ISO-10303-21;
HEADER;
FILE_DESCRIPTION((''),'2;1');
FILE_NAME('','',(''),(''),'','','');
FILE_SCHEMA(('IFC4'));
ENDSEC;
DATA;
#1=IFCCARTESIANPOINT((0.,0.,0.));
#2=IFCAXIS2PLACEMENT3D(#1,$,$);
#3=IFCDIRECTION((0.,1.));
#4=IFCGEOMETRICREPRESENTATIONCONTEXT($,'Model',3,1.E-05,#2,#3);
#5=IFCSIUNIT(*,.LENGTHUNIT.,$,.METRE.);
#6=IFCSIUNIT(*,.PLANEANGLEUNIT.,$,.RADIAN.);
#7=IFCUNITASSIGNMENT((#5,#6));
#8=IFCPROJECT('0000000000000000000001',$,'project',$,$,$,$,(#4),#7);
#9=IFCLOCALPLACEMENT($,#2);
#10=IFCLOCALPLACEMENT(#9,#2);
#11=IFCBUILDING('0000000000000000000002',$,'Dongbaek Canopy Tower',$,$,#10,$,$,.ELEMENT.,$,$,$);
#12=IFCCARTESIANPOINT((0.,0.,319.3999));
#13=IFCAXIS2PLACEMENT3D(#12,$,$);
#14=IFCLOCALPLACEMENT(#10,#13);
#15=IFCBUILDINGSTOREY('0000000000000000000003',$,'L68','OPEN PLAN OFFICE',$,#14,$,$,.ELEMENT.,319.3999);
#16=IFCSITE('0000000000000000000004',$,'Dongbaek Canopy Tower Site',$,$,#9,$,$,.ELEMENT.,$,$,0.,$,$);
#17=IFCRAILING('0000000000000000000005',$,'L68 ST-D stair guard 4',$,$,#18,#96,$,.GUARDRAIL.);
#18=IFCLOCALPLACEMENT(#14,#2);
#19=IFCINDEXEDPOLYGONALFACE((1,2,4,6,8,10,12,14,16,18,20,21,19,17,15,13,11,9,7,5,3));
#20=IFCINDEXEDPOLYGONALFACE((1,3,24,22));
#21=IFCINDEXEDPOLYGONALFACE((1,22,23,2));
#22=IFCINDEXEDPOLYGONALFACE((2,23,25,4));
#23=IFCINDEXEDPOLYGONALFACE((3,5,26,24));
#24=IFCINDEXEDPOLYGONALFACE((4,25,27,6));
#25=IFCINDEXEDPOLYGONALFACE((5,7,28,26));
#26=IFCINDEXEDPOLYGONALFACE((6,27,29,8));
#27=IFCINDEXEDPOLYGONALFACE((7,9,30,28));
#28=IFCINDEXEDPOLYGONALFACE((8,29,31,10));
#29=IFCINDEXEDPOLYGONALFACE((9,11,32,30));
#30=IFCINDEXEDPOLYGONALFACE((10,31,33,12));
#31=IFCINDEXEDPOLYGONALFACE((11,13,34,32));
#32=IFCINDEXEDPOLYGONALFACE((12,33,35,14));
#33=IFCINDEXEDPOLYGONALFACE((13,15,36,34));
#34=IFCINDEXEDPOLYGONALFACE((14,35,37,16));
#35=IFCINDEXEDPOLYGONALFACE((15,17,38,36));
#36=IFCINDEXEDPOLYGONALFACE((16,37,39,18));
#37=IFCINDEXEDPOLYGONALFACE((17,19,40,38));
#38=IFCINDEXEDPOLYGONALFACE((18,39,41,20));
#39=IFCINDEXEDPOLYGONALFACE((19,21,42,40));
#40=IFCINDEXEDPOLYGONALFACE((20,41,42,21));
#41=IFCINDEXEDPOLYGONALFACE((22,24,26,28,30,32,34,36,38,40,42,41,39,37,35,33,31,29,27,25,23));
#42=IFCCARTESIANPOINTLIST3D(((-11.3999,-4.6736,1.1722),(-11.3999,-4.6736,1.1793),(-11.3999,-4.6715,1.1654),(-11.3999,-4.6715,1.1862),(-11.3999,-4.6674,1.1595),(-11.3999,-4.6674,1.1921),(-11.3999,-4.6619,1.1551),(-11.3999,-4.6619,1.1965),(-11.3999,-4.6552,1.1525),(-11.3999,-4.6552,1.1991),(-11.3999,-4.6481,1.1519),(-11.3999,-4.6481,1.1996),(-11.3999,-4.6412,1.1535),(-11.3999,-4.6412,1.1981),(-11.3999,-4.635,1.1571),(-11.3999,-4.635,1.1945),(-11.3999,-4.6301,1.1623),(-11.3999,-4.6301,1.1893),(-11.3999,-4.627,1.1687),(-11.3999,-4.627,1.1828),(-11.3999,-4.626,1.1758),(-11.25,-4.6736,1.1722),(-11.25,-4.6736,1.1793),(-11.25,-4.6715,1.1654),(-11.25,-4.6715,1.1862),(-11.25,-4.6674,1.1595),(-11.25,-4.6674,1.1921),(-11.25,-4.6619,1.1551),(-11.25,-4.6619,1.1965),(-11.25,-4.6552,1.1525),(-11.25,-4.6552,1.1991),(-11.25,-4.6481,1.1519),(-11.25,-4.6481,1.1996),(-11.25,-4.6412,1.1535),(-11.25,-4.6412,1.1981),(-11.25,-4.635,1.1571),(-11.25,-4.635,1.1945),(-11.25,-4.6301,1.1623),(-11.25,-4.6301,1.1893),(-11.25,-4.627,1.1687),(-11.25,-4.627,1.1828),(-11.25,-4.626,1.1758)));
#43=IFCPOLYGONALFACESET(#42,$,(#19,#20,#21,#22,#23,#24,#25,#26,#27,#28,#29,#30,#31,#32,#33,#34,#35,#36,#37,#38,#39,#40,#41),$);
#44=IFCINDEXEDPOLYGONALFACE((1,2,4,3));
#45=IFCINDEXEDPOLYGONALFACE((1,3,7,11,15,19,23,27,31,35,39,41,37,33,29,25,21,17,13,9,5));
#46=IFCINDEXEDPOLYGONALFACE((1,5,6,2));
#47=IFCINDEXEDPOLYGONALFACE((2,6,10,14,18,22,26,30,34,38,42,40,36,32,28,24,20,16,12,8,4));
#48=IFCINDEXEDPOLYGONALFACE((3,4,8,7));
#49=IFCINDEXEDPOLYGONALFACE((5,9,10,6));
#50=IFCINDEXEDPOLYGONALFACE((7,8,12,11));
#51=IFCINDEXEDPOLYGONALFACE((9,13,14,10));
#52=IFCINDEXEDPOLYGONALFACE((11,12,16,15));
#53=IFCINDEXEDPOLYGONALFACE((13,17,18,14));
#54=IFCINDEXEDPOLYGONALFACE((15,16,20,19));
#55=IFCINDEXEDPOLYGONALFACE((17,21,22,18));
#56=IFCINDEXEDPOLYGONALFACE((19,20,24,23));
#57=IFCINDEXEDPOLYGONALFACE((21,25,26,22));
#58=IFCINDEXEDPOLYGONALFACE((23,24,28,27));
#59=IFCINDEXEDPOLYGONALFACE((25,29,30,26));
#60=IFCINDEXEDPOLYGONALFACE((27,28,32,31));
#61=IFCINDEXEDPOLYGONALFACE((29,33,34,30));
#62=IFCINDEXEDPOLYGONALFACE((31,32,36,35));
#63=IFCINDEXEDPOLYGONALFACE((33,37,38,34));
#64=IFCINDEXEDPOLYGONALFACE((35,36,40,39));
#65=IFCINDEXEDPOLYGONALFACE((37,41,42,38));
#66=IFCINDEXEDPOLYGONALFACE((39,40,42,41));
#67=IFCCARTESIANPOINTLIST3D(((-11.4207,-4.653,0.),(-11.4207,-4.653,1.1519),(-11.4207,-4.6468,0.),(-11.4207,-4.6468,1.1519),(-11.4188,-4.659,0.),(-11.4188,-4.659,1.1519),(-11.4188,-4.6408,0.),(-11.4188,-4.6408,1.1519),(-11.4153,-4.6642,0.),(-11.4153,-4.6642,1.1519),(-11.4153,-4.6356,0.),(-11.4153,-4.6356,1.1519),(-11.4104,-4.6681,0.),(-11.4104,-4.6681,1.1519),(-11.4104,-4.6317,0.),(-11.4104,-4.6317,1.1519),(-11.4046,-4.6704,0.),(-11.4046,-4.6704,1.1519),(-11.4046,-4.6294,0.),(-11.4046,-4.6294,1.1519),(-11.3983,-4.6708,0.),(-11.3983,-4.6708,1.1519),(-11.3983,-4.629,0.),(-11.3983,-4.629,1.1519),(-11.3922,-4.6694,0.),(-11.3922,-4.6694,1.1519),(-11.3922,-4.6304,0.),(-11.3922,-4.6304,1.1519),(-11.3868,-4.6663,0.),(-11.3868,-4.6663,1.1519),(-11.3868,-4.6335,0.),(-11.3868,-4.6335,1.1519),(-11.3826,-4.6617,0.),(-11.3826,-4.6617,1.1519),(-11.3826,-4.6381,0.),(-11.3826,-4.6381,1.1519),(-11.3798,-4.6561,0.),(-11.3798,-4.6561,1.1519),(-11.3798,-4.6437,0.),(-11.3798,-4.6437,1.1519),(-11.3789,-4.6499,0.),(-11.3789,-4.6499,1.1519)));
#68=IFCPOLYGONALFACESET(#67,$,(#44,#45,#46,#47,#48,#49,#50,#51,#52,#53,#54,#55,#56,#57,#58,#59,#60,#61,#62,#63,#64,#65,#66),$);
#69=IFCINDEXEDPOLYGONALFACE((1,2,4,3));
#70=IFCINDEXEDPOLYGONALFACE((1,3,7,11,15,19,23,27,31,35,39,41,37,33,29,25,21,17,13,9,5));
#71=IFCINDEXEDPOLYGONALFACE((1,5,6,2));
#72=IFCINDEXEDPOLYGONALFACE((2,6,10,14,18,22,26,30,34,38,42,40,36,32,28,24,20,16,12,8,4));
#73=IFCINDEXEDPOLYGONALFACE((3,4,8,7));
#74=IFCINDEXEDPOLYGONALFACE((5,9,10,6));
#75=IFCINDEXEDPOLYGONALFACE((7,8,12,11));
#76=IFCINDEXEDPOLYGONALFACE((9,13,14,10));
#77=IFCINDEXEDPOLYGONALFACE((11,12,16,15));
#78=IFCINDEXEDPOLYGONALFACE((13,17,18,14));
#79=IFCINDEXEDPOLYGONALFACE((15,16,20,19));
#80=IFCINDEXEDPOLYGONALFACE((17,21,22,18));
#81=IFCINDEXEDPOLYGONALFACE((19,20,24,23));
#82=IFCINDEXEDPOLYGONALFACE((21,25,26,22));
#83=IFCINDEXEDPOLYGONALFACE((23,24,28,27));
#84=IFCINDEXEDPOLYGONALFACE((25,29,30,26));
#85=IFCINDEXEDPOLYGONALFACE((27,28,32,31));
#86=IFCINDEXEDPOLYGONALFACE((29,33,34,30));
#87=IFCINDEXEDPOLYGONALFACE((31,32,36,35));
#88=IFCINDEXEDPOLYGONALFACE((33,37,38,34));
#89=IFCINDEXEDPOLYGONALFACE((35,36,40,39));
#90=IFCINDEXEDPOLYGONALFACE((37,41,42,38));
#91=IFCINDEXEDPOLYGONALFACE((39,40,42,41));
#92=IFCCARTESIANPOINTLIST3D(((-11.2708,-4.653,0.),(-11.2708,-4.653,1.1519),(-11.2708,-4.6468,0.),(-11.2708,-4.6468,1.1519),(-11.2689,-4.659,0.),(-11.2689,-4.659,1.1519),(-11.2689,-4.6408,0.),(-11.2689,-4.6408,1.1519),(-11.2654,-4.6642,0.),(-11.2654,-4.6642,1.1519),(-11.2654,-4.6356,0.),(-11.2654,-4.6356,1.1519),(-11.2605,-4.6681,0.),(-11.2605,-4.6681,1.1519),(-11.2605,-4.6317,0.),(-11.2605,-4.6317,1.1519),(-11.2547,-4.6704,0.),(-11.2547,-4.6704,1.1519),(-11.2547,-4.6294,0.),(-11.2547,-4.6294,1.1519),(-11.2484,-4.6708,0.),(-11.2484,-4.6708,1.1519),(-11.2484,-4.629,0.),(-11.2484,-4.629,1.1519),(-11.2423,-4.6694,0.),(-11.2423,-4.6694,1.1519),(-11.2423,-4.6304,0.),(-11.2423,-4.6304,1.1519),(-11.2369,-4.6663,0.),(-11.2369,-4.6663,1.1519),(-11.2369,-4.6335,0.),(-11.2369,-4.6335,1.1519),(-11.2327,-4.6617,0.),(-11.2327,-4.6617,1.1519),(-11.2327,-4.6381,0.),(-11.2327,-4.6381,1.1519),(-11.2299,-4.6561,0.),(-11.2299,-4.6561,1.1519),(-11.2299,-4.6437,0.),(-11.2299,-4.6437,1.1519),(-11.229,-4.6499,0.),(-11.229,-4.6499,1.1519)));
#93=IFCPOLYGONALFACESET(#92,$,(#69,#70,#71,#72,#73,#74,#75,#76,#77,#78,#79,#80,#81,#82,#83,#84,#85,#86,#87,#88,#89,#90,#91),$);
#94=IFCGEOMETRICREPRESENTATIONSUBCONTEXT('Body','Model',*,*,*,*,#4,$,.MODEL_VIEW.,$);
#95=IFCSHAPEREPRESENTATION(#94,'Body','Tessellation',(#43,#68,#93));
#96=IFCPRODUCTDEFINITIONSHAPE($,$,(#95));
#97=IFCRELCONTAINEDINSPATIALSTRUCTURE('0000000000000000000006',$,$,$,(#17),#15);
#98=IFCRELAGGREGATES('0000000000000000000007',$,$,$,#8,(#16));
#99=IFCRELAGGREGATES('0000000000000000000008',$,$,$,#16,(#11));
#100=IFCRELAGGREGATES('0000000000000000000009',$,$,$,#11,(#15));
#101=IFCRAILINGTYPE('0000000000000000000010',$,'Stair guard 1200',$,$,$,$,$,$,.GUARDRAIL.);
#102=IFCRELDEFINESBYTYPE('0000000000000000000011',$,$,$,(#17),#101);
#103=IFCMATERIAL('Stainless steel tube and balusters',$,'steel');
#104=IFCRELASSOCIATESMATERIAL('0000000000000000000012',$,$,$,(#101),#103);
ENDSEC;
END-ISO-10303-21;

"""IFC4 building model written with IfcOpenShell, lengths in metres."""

from ifc_helpers import new_model, si_unit, direction, frame, origin, origin_2d, place, context, subcontext, project, spatial, circle, extrude, material, type_object, element, save


model = new_model("IFC4")

# Units and contexts
model_context = context("Model", 3, precision=1e-05, world=origin(), true_north=direction((0.0, 1.0)))
body_context = subcontext(model_context, "Body", "Model", "MODEL_VIEW")
ifc_project = project(units=[si_unit("LENGTHUNIT", "METRE"), si_unit("PLANEANGLEUNIT", "RADIAN")], contexts=[model_context])

# Site, building, storey
site_placement = place(None, origin())
site = spatial("IfcSite", under=ifc_project, at=site_placement, Name="Dongbaek Canopy Tower Site", CompositionType="ELEMENT", RefElevation=0.0)
building_placement = place(site_placement, origin())
building = spatial("IfcBuilding", under=site, at=building_placement, Name="Dongbaek Canopy Tower", CompositionType="ELEMENT")
storey_placement = place(building_placement, frame((0.0, 0.0, 319.3999)))
storey = spatial("IfcBuildingStorey", under=building, at=storey_placement, Name="L68", Description="OPEN PLAN OFFICE", CompositionType="ELEMENT", Elevation=319.3999)

# Railing
ifc_material_1 = material(Name="Stainless steel tube and balusters", Category="steel")
railing_type_1 = type_object("IfcRailingType", Name="Stair guard 1200", PredefinedType="GUARDRAIL", material=ifc_material_1)
railing_1_placement = place(storey_placement, frame((-11.3999, -4.6499, 0.0)))
element("IfcRailing", 1, at=railing_1_placement, inside=storey, type_object=railing_type_1, Name="L68 ST-D stair guard 4", PredefinedType="GUARDRAIL", context=body_context, shape_type="SweptSolid", body=[
    extrude(circle(Radius=0.0239, at=origin_2d()), frame((0.0, 0.0, 1.1758), z_axis=(1.0, 0.0, 0.0), x_axis=(0.0, 1.0, 0.0)), (0.0, 0.0, 1.0), 0.1499),
    extrude(circle(Radius=0.021, at=origin_2d()), origin(), (0.0, 0.0, 1.0), 1.1519),
    extrude(circle(Radius=0.021, at=origin_2d()), frame((0.1499, 0.0, 0.0)), (0.0, 0.0, 1.0), 1.1519),
])

save(model, "model.ifc")
